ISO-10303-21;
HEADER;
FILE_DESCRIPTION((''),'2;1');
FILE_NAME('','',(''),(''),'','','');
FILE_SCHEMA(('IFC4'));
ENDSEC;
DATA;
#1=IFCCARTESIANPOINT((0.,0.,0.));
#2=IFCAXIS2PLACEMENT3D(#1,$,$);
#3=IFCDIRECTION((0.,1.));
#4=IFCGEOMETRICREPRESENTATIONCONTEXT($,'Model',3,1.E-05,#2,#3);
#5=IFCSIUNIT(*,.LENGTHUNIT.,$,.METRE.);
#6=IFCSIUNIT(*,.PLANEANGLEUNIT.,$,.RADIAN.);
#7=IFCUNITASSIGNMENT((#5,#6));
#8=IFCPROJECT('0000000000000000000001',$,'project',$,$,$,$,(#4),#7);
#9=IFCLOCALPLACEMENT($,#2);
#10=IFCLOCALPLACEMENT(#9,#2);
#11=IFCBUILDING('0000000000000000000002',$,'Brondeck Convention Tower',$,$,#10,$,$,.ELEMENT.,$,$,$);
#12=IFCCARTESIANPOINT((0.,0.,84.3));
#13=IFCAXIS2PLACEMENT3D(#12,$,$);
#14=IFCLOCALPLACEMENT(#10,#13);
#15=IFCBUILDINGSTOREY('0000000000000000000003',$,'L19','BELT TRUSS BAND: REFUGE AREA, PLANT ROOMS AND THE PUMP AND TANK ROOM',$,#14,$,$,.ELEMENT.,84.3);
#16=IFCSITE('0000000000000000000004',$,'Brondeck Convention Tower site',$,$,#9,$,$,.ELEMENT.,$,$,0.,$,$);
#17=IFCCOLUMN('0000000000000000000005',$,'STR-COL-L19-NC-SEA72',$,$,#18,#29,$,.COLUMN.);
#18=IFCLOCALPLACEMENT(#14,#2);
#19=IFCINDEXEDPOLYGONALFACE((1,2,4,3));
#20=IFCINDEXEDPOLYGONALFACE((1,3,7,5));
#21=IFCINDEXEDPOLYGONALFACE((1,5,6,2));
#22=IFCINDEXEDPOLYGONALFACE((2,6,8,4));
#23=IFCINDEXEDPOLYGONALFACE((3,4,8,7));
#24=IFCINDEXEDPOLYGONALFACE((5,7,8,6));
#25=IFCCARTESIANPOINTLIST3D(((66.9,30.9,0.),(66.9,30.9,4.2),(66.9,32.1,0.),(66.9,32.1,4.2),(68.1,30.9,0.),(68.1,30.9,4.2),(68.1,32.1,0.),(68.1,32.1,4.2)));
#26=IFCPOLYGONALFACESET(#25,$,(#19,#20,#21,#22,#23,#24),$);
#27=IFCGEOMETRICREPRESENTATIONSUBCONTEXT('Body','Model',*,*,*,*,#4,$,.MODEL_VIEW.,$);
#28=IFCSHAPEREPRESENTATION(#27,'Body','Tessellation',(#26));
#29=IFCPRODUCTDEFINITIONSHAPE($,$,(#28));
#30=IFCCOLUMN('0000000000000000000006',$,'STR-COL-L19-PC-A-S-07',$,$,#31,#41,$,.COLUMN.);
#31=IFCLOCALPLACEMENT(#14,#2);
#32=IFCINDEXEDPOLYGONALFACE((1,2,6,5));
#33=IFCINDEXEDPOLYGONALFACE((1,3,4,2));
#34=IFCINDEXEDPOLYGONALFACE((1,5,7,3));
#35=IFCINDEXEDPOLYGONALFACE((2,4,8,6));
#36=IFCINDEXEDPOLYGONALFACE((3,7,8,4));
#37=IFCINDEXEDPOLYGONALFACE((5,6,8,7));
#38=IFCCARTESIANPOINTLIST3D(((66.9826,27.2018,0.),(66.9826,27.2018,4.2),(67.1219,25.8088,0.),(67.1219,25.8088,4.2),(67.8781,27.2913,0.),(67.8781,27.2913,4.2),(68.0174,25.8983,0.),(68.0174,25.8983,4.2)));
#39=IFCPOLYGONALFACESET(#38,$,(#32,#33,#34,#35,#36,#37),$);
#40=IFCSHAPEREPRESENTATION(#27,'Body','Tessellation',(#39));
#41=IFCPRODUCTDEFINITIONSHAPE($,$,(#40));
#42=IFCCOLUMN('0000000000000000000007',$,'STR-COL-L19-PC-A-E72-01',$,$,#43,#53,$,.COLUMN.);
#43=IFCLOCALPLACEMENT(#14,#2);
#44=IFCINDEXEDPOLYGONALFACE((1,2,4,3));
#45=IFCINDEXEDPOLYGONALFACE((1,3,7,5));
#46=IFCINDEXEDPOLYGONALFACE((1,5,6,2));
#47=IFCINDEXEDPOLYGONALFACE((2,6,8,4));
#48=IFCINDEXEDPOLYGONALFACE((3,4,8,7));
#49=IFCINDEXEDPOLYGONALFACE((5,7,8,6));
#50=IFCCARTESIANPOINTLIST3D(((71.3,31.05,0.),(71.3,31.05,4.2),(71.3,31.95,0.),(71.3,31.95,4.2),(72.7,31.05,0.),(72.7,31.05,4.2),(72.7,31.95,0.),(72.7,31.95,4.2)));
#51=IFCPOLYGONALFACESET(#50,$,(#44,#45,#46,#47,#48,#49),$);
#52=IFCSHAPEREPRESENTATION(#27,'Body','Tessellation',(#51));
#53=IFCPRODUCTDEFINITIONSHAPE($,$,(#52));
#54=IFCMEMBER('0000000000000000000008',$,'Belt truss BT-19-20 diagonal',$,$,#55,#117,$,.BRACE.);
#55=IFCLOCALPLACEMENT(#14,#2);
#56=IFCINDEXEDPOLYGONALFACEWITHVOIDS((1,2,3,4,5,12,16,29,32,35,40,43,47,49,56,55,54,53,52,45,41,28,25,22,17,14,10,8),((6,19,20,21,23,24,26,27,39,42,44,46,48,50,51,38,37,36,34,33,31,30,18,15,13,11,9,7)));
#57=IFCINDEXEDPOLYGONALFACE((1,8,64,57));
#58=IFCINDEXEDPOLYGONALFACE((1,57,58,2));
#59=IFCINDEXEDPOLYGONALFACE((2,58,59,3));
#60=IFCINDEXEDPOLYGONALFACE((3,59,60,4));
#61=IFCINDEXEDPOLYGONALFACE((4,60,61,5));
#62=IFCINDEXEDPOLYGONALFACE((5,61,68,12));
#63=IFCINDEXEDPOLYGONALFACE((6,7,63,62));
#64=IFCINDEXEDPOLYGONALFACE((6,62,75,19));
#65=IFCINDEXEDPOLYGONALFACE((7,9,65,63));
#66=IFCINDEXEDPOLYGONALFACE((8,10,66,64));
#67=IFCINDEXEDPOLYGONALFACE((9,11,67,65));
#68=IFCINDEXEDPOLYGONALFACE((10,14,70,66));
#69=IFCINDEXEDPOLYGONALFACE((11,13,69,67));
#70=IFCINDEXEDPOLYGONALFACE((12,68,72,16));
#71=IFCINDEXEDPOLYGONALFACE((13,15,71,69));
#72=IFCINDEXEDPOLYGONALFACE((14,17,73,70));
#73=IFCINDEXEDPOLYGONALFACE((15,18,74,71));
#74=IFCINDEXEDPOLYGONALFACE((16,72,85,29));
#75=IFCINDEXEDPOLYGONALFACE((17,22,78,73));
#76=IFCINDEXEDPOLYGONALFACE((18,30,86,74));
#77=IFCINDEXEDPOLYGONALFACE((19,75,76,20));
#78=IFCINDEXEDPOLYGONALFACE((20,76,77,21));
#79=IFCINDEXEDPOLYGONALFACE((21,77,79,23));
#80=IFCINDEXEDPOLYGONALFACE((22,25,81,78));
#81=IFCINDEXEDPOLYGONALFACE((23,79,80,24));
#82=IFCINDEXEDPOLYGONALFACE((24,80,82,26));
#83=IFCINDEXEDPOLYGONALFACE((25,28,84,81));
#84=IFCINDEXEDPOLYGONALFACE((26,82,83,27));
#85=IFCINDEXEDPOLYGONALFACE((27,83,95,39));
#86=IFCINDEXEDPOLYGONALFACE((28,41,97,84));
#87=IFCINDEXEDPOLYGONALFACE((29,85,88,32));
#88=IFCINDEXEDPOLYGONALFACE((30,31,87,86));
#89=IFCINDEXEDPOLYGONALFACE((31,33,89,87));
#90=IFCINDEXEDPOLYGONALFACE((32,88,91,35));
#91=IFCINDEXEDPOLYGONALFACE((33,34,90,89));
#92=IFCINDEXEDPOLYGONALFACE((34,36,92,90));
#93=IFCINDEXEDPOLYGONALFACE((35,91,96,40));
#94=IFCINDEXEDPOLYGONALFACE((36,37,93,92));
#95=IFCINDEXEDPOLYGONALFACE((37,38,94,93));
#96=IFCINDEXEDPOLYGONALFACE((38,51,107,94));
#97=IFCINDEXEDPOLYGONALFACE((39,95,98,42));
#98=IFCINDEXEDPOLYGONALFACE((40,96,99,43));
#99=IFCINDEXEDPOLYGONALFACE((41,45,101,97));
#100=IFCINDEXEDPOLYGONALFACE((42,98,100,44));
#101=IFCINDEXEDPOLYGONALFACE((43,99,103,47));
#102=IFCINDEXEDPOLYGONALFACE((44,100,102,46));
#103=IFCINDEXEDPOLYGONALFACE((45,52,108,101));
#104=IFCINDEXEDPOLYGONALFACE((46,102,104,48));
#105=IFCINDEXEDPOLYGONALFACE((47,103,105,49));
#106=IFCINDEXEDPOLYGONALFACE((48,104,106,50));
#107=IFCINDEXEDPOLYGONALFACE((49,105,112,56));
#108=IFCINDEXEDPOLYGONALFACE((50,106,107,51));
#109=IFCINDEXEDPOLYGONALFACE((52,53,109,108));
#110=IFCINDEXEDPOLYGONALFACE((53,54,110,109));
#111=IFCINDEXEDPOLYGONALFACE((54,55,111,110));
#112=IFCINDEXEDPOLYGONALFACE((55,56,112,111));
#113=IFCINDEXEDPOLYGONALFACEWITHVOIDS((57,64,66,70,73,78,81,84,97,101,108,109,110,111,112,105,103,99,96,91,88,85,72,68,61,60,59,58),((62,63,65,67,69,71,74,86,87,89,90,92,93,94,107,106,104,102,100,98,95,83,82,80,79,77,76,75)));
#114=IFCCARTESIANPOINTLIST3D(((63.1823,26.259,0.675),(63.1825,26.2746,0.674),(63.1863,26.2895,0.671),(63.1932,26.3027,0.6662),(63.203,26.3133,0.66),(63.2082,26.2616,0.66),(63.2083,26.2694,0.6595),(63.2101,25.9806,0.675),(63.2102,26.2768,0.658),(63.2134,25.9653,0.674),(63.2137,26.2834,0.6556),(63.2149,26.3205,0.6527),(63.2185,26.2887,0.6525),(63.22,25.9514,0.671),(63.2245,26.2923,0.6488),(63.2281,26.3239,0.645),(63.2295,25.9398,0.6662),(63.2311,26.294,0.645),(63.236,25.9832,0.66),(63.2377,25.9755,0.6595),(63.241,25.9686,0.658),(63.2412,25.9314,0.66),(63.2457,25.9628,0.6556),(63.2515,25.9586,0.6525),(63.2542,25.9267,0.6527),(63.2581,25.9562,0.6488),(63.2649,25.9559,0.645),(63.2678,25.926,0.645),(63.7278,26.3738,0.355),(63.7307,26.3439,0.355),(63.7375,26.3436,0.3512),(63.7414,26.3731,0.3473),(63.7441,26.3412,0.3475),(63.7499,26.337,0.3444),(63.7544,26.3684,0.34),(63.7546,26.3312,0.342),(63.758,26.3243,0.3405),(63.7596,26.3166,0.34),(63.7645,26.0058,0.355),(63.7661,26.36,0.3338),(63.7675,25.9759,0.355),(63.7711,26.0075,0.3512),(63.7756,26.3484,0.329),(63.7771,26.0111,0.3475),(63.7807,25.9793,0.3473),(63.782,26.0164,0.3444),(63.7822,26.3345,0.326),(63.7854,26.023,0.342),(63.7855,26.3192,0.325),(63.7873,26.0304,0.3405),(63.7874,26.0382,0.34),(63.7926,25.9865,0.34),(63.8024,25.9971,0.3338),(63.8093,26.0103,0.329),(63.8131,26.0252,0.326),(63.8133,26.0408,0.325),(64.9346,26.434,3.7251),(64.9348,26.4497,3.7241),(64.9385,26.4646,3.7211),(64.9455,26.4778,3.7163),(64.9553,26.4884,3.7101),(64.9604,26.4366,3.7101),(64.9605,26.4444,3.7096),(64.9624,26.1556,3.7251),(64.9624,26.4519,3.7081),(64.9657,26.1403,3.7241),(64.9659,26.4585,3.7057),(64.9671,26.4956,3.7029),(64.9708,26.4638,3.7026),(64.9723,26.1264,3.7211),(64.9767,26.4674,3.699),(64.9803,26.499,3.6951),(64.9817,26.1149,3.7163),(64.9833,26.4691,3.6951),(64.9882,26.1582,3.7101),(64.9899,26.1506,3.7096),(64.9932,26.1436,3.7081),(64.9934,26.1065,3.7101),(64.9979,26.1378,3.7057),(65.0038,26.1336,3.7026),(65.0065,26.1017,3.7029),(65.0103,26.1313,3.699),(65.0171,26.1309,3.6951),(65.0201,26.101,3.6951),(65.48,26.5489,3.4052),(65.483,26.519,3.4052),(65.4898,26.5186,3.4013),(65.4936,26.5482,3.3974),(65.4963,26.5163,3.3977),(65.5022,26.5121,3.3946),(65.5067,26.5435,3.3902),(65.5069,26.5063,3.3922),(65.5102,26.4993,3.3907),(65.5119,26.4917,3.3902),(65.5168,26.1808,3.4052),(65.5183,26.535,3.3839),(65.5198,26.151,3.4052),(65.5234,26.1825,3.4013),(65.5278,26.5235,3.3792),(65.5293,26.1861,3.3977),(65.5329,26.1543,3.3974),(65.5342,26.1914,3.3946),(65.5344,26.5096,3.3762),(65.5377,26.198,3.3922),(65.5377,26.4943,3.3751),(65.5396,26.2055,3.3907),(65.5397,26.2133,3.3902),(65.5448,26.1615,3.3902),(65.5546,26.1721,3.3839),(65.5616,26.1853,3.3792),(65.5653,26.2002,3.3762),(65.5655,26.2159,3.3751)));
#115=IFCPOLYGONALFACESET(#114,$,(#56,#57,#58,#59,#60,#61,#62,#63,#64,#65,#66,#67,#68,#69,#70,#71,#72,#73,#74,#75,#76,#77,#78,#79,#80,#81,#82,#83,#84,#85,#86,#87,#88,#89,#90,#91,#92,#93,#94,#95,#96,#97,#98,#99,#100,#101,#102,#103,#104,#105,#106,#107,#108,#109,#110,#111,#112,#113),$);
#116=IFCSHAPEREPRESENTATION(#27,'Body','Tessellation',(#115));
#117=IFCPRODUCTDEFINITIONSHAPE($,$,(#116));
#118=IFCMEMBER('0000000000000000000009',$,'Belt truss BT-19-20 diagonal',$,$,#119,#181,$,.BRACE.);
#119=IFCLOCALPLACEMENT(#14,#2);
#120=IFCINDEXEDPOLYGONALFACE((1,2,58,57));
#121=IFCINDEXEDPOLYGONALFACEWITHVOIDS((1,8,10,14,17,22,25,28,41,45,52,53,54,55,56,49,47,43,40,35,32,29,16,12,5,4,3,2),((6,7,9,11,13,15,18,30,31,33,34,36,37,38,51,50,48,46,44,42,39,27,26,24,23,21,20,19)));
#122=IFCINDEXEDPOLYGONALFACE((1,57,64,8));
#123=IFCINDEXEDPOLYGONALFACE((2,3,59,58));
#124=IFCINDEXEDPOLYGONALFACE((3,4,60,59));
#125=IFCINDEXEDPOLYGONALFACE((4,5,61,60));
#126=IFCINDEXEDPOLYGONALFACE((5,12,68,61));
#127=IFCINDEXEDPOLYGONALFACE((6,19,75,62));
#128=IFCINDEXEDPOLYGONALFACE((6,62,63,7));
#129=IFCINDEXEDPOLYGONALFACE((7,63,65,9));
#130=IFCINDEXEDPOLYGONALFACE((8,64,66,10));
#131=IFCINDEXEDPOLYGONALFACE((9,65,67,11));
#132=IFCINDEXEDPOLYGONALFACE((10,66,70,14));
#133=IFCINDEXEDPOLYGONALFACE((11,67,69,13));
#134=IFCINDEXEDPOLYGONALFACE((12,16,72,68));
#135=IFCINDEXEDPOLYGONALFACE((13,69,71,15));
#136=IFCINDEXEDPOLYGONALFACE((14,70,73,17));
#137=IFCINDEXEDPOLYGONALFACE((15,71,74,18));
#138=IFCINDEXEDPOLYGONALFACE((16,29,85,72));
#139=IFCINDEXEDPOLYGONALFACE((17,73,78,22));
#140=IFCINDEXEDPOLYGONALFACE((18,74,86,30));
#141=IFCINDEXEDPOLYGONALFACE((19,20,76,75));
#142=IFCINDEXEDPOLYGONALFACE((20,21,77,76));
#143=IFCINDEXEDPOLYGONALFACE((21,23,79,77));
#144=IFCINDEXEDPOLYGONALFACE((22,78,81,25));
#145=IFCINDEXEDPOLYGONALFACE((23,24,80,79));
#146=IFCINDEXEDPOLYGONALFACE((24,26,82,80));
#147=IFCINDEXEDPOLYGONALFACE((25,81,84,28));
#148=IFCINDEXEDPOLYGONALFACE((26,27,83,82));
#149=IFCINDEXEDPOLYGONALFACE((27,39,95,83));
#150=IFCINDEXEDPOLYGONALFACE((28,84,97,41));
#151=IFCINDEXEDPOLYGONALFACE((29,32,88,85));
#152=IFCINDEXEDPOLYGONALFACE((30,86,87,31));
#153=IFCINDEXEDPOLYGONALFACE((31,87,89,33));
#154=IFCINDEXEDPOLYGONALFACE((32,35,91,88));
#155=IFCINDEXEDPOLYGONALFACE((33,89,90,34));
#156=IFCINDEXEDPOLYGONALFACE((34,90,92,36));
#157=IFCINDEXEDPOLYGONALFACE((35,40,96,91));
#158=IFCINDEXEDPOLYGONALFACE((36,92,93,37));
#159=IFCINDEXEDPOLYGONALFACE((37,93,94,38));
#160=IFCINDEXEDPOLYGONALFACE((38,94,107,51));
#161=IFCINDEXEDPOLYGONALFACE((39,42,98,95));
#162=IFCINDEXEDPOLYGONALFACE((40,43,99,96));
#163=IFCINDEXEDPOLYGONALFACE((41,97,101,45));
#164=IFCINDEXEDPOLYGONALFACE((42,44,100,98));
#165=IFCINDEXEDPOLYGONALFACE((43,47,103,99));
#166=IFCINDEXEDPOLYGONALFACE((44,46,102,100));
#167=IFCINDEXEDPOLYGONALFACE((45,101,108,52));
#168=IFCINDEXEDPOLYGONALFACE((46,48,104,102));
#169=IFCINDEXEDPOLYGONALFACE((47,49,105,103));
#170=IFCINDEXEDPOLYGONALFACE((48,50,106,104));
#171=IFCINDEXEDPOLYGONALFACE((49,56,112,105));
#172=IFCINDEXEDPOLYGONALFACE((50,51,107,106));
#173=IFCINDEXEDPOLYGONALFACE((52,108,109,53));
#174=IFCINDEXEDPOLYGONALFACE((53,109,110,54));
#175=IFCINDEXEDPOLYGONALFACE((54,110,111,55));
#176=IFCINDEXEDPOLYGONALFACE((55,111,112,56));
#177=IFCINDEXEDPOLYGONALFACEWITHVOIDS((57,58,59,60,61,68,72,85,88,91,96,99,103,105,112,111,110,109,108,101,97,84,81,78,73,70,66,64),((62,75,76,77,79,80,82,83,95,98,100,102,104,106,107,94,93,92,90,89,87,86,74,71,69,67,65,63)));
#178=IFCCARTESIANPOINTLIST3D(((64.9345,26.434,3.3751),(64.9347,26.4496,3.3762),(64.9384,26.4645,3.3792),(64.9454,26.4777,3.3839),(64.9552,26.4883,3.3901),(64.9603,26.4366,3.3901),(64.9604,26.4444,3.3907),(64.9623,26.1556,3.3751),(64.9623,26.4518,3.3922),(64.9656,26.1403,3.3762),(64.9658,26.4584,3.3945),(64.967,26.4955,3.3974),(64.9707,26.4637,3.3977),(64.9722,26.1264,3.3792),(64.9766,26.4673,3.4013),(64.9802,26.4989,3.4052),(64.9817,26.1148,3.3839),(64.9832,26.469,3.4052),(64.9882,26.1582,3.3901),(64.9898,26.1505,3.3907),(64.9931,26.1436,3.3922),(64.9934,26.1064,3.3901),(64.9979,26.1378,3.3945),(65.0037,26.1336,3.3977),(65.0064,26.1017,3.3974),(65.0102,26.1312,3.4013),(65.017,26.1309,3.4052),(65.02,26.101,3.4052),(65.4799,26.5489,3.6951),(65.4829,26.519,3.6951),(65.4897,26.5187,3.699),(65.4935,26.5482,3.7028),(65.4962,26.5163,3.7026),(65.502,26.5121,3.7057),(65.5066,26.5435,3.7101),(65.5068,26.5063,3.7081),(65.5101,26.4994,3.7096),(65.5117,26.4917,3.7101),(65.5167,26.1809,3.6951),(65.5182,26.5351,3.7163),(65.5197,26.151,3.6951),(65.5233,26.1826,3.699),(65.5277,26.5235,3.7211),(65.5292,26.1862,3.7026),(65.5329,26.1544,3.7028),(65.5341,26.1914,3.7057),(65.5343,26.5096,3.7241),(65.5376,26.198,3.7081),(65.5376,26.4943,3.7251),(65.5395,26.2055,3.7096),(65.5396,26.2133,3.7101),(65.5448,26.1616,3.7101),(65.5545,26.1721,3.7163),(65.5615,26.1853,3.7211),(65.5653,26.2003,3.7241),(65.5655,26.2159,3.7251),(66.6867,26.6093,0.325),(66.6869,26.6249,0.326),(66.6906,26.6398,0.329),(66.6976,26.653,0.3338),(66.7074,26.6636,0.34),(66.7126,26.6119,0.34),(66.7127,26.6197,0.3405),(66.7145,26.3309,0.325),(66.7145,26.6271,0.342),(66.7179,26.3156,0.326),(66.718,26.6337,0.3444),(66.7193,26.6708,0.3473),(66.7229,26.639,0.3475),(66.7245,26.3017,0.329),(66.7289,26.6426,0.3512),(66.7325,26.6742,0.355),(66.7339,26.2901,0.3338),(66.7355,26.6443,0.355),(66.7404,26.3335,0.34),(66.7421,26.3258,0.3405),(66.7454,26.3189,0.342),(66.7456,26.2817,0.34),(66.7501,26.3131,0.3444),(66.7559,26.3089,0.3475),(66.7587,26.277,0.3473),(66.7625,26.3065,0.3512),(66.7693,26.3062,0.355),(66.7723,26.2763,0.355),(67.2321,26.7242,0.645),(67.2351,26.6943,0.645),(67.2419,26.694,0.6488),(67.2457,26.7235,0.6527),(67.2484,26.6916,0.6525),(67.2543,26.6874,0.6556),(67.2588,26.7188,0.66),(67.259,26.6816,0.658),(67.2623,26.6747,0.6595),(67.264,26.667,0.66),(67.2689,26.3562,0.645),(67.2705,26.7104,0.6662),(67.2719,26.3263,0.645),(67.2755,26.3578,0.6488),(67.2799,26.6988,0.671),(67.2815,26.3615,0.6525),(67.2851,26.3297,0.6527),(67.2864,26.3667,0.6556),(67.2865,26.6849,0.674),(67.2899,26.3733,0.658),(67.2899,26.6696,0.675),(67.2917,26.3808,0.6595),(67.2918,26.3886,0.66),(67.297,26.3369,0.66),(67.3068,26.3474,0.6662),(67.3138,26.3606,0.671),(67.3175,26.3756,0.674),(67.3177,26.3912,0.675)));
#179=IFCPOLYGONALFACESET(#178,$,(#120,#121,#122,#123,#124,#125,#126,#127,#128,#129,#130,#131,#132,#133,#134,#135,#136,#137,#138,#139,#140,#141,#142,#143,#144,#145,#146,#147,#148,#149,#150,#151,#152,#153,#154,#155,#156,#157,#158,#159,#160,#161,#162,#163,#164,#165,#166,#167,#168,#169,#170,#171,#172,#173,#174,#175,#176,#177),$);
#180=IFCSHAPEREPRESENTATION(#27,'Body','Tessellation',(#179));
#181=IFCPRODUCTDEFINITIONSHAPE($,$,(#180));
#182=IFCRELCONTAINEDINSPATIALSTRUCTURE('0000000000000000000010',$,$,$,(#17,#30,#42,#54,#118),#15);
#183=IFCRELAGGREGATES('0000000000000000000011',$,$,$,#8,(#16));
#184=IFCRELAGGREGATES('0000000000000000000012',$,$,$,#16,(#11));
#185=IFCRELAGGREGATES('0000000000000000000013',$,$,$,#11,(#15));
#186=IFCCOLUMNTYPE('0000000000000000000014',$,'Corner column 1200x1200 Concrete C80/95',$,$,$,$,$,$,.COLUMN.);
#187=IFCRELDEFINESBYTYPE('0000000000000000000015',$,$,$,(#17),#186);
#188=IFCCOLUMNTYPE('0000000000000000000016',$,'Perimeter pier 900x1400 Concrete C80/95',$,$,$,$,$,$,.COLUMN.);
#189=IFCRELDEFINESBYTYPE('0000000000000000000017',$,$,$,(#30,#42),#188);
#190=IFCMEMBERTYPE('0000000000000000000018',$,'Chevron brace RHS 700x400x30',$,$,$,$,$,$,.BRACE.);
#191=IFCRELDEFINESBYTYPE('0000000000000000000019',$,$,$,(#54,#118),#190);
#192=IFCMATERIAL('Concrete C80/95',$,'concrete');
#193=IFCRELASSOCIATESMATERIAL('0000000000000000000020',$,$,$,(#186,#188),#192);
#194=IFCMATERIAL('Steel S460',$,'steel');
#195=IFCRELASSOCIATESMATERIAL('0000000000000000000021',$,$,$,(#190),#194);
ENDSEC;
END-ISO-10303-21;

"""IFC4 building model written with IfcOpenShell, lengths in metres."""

from ifc_helpers import new_model, si_unit, direction, frame, origin, origin_2d, place, context, subcontext, project, spatial, rectangle, hollow_rectangle, extrude, material, material_profile, profile_set, type_object, element, save


model = new_model("IFC4")

# Units and contexts
model_context = context("Model", 3, precision=1e-05, world=origin(), true_north=direction((0.0, 1.0)))
body_context = subcontext(model_context, "Body", "Model", "MODEL_VIEW")
ifc_project = project(units=[si_unit("LENGTHUNIT", "METRE"), si_unit("PLANEANGLEUNIT", "RADIAN")], contexts=[model_context])

# Site, building, storey
site_placement = place(None, origin())
site = spatial("IfcSite", under=ifc_project, at=site_placement, Name="Brondeck Convention Tower site", CompositionType="ELEMENT", RefElevation=0.0)
building_placement = place(site_placement, origin())
building = spatial("IfcBuilding", under=site, at=building_placement, Name="Brondeck Convention Tower", CompositionType="ELEMENT")
storey_placement = place(building_placement, frame((0.0, 0.0, 84.3)))
storey = spatial("IfcBuildingStorey", under=building, at=storey_placement, Name="L19", Description="BELT TRUSS BAND: REFUGE AREA, PLANT ROOMS AND THE PUMP AND TANK ROOM", CompositionType="ELEMENT", Elevation=84.3)

# Columns
ifc_material_1 = material(Name="Concrete C80/95", Category="concrete")
ifc_material_profile_1 = material_profile(ifc_material_1, rectangle(XDim=1.2, YDim=1.2, at=origin_2d()), Name="Corner column 1200x1200 Concrete C80/95")
ifc_profile_set_1 = profile_set([ifc_material_profile_1], Name="Concrete C80/95")
column_type_1 = type_object("IfcColumnType", Name="Corner column 1200x1200 Concrete C80/95", PredefinedType="COLUMN", material=ifc_profile_set_1)
column_placement = place(storey_placement, frame((67.5, 31.5, 0.0), z_axis=(0.0, 0.0, 1.0), x_axis=(1.0, 0.0, 0.0)))
element("IfcColumn", 1, at=column_placement, inside=storey, type_object=column_type_1, Name="STR-COL-L19-NC-SEA72", PredefinedType="COLUMN", context=body_context, shape_type="SweptSolid", body=[
    extrude(rectangle(XDim=1.2, YDim=1.2, at=origin_2d()), origin(), (0.0, 0.0, 1.0), 4.2),
])
ifc_material_profile_2 = material_profile(ifc_material_1, rectangle(XDim=0.8999, YDim=1.3999, at=origin_2d()), Name="Perimeter pier 900x1400 Concrete C80/95")
ifc_profile_set_2 = profile_set([ifc_material_profile_2], Name="Concrete C80/95")
column_type_2 = type_object("IfcColumnType", Name="Perimeter pier 900x1400 Concrete C80/95", PredefinedType="COLUMN", material=ifc_profile_set_2)
for number, where, z_axis, x_axis, name in (
    (2, (67.5, 26.55, 0.0), (0.0, 0.0, 1.0), (0.995037, 0.099504, 0.0), "STR-COL-L19-PC-A-S-07"),
    (3, (72.0, 31.5, 0.0), (0.0, 0.0, 1.0), (0.0, 1.0, 0.0), "STR-COL-L19-PC-A-E72-01"),
):
    element("IfcColumn", number, at=place(storey_placement, frame(where, z_axis=z_axis, x_axis=x_axis)), inside=storey, type_object=column_type_2, Name=name, PredefinedType="COLUMN", context=body_context, shape_type="SweptSolid", body=[
        extrude(rectangle(XDim=0.8999, YDim=1.3999, at=origin_2d()), origin(), (0.0, 0.0, 1.0), 4.2),
    ])

# Members
ifc_material_2 = material(Name="Steel S460", Category="steel")
ifc_material_profile_3 = material_profile(ifc_material_2, hollow_rectangle(XDim=0.3999, YDim=0.7, WallThickness=0.03, InnerFilletRadius=0.03, OuterFilletRadius=0.0601, at=origin_2d()), Name="RHS 700x400x30")
ifc_profile_set_3 = profile_set([ifc_material_profile_3], Name="Steel S460")
member_type_1 = type_object("IfcMemberType", Name="Chevron brace RHS 700x400x30", PredefinedType="BRACE", material=ifc_profile_set_3)
for number, where, z_axis, x_axis, name in (
    (4, (63.4978, 26.1499, 0.5), (0.497518, 0.049703, 0.866029), (-0.099408, 0.995047, 0.0), "Belt truss BT-19-20 diagonal"),
    (5, (67.0022, 26.5002, 0.5), (-0.497516, -0.049772, 0.866026), (0.099545, -0.995033, 0.0), "Belt truss BT-19-20 diagonal"),
):
    element("IfcMember", number, at=place(storey_placement, frame(where, z_axis=z_axis, x_axis=x_axis)), inside=storey, type_object=member_type_1, Name=name, PredefinedType="BRACE", context=body_context, shape_type="SweptSolid", body=[
        extrude(hollow_rectangle(XDim=0.3999, YDim=0.7, WallThickness=0.03, InnerFilletRadius=0.03, OuterFilletRadius=0.0601, at=origin_2d()), origin(), (0.0, 0.0, 1.0), 3.522),
    ])

save(model, "model.ifc")
